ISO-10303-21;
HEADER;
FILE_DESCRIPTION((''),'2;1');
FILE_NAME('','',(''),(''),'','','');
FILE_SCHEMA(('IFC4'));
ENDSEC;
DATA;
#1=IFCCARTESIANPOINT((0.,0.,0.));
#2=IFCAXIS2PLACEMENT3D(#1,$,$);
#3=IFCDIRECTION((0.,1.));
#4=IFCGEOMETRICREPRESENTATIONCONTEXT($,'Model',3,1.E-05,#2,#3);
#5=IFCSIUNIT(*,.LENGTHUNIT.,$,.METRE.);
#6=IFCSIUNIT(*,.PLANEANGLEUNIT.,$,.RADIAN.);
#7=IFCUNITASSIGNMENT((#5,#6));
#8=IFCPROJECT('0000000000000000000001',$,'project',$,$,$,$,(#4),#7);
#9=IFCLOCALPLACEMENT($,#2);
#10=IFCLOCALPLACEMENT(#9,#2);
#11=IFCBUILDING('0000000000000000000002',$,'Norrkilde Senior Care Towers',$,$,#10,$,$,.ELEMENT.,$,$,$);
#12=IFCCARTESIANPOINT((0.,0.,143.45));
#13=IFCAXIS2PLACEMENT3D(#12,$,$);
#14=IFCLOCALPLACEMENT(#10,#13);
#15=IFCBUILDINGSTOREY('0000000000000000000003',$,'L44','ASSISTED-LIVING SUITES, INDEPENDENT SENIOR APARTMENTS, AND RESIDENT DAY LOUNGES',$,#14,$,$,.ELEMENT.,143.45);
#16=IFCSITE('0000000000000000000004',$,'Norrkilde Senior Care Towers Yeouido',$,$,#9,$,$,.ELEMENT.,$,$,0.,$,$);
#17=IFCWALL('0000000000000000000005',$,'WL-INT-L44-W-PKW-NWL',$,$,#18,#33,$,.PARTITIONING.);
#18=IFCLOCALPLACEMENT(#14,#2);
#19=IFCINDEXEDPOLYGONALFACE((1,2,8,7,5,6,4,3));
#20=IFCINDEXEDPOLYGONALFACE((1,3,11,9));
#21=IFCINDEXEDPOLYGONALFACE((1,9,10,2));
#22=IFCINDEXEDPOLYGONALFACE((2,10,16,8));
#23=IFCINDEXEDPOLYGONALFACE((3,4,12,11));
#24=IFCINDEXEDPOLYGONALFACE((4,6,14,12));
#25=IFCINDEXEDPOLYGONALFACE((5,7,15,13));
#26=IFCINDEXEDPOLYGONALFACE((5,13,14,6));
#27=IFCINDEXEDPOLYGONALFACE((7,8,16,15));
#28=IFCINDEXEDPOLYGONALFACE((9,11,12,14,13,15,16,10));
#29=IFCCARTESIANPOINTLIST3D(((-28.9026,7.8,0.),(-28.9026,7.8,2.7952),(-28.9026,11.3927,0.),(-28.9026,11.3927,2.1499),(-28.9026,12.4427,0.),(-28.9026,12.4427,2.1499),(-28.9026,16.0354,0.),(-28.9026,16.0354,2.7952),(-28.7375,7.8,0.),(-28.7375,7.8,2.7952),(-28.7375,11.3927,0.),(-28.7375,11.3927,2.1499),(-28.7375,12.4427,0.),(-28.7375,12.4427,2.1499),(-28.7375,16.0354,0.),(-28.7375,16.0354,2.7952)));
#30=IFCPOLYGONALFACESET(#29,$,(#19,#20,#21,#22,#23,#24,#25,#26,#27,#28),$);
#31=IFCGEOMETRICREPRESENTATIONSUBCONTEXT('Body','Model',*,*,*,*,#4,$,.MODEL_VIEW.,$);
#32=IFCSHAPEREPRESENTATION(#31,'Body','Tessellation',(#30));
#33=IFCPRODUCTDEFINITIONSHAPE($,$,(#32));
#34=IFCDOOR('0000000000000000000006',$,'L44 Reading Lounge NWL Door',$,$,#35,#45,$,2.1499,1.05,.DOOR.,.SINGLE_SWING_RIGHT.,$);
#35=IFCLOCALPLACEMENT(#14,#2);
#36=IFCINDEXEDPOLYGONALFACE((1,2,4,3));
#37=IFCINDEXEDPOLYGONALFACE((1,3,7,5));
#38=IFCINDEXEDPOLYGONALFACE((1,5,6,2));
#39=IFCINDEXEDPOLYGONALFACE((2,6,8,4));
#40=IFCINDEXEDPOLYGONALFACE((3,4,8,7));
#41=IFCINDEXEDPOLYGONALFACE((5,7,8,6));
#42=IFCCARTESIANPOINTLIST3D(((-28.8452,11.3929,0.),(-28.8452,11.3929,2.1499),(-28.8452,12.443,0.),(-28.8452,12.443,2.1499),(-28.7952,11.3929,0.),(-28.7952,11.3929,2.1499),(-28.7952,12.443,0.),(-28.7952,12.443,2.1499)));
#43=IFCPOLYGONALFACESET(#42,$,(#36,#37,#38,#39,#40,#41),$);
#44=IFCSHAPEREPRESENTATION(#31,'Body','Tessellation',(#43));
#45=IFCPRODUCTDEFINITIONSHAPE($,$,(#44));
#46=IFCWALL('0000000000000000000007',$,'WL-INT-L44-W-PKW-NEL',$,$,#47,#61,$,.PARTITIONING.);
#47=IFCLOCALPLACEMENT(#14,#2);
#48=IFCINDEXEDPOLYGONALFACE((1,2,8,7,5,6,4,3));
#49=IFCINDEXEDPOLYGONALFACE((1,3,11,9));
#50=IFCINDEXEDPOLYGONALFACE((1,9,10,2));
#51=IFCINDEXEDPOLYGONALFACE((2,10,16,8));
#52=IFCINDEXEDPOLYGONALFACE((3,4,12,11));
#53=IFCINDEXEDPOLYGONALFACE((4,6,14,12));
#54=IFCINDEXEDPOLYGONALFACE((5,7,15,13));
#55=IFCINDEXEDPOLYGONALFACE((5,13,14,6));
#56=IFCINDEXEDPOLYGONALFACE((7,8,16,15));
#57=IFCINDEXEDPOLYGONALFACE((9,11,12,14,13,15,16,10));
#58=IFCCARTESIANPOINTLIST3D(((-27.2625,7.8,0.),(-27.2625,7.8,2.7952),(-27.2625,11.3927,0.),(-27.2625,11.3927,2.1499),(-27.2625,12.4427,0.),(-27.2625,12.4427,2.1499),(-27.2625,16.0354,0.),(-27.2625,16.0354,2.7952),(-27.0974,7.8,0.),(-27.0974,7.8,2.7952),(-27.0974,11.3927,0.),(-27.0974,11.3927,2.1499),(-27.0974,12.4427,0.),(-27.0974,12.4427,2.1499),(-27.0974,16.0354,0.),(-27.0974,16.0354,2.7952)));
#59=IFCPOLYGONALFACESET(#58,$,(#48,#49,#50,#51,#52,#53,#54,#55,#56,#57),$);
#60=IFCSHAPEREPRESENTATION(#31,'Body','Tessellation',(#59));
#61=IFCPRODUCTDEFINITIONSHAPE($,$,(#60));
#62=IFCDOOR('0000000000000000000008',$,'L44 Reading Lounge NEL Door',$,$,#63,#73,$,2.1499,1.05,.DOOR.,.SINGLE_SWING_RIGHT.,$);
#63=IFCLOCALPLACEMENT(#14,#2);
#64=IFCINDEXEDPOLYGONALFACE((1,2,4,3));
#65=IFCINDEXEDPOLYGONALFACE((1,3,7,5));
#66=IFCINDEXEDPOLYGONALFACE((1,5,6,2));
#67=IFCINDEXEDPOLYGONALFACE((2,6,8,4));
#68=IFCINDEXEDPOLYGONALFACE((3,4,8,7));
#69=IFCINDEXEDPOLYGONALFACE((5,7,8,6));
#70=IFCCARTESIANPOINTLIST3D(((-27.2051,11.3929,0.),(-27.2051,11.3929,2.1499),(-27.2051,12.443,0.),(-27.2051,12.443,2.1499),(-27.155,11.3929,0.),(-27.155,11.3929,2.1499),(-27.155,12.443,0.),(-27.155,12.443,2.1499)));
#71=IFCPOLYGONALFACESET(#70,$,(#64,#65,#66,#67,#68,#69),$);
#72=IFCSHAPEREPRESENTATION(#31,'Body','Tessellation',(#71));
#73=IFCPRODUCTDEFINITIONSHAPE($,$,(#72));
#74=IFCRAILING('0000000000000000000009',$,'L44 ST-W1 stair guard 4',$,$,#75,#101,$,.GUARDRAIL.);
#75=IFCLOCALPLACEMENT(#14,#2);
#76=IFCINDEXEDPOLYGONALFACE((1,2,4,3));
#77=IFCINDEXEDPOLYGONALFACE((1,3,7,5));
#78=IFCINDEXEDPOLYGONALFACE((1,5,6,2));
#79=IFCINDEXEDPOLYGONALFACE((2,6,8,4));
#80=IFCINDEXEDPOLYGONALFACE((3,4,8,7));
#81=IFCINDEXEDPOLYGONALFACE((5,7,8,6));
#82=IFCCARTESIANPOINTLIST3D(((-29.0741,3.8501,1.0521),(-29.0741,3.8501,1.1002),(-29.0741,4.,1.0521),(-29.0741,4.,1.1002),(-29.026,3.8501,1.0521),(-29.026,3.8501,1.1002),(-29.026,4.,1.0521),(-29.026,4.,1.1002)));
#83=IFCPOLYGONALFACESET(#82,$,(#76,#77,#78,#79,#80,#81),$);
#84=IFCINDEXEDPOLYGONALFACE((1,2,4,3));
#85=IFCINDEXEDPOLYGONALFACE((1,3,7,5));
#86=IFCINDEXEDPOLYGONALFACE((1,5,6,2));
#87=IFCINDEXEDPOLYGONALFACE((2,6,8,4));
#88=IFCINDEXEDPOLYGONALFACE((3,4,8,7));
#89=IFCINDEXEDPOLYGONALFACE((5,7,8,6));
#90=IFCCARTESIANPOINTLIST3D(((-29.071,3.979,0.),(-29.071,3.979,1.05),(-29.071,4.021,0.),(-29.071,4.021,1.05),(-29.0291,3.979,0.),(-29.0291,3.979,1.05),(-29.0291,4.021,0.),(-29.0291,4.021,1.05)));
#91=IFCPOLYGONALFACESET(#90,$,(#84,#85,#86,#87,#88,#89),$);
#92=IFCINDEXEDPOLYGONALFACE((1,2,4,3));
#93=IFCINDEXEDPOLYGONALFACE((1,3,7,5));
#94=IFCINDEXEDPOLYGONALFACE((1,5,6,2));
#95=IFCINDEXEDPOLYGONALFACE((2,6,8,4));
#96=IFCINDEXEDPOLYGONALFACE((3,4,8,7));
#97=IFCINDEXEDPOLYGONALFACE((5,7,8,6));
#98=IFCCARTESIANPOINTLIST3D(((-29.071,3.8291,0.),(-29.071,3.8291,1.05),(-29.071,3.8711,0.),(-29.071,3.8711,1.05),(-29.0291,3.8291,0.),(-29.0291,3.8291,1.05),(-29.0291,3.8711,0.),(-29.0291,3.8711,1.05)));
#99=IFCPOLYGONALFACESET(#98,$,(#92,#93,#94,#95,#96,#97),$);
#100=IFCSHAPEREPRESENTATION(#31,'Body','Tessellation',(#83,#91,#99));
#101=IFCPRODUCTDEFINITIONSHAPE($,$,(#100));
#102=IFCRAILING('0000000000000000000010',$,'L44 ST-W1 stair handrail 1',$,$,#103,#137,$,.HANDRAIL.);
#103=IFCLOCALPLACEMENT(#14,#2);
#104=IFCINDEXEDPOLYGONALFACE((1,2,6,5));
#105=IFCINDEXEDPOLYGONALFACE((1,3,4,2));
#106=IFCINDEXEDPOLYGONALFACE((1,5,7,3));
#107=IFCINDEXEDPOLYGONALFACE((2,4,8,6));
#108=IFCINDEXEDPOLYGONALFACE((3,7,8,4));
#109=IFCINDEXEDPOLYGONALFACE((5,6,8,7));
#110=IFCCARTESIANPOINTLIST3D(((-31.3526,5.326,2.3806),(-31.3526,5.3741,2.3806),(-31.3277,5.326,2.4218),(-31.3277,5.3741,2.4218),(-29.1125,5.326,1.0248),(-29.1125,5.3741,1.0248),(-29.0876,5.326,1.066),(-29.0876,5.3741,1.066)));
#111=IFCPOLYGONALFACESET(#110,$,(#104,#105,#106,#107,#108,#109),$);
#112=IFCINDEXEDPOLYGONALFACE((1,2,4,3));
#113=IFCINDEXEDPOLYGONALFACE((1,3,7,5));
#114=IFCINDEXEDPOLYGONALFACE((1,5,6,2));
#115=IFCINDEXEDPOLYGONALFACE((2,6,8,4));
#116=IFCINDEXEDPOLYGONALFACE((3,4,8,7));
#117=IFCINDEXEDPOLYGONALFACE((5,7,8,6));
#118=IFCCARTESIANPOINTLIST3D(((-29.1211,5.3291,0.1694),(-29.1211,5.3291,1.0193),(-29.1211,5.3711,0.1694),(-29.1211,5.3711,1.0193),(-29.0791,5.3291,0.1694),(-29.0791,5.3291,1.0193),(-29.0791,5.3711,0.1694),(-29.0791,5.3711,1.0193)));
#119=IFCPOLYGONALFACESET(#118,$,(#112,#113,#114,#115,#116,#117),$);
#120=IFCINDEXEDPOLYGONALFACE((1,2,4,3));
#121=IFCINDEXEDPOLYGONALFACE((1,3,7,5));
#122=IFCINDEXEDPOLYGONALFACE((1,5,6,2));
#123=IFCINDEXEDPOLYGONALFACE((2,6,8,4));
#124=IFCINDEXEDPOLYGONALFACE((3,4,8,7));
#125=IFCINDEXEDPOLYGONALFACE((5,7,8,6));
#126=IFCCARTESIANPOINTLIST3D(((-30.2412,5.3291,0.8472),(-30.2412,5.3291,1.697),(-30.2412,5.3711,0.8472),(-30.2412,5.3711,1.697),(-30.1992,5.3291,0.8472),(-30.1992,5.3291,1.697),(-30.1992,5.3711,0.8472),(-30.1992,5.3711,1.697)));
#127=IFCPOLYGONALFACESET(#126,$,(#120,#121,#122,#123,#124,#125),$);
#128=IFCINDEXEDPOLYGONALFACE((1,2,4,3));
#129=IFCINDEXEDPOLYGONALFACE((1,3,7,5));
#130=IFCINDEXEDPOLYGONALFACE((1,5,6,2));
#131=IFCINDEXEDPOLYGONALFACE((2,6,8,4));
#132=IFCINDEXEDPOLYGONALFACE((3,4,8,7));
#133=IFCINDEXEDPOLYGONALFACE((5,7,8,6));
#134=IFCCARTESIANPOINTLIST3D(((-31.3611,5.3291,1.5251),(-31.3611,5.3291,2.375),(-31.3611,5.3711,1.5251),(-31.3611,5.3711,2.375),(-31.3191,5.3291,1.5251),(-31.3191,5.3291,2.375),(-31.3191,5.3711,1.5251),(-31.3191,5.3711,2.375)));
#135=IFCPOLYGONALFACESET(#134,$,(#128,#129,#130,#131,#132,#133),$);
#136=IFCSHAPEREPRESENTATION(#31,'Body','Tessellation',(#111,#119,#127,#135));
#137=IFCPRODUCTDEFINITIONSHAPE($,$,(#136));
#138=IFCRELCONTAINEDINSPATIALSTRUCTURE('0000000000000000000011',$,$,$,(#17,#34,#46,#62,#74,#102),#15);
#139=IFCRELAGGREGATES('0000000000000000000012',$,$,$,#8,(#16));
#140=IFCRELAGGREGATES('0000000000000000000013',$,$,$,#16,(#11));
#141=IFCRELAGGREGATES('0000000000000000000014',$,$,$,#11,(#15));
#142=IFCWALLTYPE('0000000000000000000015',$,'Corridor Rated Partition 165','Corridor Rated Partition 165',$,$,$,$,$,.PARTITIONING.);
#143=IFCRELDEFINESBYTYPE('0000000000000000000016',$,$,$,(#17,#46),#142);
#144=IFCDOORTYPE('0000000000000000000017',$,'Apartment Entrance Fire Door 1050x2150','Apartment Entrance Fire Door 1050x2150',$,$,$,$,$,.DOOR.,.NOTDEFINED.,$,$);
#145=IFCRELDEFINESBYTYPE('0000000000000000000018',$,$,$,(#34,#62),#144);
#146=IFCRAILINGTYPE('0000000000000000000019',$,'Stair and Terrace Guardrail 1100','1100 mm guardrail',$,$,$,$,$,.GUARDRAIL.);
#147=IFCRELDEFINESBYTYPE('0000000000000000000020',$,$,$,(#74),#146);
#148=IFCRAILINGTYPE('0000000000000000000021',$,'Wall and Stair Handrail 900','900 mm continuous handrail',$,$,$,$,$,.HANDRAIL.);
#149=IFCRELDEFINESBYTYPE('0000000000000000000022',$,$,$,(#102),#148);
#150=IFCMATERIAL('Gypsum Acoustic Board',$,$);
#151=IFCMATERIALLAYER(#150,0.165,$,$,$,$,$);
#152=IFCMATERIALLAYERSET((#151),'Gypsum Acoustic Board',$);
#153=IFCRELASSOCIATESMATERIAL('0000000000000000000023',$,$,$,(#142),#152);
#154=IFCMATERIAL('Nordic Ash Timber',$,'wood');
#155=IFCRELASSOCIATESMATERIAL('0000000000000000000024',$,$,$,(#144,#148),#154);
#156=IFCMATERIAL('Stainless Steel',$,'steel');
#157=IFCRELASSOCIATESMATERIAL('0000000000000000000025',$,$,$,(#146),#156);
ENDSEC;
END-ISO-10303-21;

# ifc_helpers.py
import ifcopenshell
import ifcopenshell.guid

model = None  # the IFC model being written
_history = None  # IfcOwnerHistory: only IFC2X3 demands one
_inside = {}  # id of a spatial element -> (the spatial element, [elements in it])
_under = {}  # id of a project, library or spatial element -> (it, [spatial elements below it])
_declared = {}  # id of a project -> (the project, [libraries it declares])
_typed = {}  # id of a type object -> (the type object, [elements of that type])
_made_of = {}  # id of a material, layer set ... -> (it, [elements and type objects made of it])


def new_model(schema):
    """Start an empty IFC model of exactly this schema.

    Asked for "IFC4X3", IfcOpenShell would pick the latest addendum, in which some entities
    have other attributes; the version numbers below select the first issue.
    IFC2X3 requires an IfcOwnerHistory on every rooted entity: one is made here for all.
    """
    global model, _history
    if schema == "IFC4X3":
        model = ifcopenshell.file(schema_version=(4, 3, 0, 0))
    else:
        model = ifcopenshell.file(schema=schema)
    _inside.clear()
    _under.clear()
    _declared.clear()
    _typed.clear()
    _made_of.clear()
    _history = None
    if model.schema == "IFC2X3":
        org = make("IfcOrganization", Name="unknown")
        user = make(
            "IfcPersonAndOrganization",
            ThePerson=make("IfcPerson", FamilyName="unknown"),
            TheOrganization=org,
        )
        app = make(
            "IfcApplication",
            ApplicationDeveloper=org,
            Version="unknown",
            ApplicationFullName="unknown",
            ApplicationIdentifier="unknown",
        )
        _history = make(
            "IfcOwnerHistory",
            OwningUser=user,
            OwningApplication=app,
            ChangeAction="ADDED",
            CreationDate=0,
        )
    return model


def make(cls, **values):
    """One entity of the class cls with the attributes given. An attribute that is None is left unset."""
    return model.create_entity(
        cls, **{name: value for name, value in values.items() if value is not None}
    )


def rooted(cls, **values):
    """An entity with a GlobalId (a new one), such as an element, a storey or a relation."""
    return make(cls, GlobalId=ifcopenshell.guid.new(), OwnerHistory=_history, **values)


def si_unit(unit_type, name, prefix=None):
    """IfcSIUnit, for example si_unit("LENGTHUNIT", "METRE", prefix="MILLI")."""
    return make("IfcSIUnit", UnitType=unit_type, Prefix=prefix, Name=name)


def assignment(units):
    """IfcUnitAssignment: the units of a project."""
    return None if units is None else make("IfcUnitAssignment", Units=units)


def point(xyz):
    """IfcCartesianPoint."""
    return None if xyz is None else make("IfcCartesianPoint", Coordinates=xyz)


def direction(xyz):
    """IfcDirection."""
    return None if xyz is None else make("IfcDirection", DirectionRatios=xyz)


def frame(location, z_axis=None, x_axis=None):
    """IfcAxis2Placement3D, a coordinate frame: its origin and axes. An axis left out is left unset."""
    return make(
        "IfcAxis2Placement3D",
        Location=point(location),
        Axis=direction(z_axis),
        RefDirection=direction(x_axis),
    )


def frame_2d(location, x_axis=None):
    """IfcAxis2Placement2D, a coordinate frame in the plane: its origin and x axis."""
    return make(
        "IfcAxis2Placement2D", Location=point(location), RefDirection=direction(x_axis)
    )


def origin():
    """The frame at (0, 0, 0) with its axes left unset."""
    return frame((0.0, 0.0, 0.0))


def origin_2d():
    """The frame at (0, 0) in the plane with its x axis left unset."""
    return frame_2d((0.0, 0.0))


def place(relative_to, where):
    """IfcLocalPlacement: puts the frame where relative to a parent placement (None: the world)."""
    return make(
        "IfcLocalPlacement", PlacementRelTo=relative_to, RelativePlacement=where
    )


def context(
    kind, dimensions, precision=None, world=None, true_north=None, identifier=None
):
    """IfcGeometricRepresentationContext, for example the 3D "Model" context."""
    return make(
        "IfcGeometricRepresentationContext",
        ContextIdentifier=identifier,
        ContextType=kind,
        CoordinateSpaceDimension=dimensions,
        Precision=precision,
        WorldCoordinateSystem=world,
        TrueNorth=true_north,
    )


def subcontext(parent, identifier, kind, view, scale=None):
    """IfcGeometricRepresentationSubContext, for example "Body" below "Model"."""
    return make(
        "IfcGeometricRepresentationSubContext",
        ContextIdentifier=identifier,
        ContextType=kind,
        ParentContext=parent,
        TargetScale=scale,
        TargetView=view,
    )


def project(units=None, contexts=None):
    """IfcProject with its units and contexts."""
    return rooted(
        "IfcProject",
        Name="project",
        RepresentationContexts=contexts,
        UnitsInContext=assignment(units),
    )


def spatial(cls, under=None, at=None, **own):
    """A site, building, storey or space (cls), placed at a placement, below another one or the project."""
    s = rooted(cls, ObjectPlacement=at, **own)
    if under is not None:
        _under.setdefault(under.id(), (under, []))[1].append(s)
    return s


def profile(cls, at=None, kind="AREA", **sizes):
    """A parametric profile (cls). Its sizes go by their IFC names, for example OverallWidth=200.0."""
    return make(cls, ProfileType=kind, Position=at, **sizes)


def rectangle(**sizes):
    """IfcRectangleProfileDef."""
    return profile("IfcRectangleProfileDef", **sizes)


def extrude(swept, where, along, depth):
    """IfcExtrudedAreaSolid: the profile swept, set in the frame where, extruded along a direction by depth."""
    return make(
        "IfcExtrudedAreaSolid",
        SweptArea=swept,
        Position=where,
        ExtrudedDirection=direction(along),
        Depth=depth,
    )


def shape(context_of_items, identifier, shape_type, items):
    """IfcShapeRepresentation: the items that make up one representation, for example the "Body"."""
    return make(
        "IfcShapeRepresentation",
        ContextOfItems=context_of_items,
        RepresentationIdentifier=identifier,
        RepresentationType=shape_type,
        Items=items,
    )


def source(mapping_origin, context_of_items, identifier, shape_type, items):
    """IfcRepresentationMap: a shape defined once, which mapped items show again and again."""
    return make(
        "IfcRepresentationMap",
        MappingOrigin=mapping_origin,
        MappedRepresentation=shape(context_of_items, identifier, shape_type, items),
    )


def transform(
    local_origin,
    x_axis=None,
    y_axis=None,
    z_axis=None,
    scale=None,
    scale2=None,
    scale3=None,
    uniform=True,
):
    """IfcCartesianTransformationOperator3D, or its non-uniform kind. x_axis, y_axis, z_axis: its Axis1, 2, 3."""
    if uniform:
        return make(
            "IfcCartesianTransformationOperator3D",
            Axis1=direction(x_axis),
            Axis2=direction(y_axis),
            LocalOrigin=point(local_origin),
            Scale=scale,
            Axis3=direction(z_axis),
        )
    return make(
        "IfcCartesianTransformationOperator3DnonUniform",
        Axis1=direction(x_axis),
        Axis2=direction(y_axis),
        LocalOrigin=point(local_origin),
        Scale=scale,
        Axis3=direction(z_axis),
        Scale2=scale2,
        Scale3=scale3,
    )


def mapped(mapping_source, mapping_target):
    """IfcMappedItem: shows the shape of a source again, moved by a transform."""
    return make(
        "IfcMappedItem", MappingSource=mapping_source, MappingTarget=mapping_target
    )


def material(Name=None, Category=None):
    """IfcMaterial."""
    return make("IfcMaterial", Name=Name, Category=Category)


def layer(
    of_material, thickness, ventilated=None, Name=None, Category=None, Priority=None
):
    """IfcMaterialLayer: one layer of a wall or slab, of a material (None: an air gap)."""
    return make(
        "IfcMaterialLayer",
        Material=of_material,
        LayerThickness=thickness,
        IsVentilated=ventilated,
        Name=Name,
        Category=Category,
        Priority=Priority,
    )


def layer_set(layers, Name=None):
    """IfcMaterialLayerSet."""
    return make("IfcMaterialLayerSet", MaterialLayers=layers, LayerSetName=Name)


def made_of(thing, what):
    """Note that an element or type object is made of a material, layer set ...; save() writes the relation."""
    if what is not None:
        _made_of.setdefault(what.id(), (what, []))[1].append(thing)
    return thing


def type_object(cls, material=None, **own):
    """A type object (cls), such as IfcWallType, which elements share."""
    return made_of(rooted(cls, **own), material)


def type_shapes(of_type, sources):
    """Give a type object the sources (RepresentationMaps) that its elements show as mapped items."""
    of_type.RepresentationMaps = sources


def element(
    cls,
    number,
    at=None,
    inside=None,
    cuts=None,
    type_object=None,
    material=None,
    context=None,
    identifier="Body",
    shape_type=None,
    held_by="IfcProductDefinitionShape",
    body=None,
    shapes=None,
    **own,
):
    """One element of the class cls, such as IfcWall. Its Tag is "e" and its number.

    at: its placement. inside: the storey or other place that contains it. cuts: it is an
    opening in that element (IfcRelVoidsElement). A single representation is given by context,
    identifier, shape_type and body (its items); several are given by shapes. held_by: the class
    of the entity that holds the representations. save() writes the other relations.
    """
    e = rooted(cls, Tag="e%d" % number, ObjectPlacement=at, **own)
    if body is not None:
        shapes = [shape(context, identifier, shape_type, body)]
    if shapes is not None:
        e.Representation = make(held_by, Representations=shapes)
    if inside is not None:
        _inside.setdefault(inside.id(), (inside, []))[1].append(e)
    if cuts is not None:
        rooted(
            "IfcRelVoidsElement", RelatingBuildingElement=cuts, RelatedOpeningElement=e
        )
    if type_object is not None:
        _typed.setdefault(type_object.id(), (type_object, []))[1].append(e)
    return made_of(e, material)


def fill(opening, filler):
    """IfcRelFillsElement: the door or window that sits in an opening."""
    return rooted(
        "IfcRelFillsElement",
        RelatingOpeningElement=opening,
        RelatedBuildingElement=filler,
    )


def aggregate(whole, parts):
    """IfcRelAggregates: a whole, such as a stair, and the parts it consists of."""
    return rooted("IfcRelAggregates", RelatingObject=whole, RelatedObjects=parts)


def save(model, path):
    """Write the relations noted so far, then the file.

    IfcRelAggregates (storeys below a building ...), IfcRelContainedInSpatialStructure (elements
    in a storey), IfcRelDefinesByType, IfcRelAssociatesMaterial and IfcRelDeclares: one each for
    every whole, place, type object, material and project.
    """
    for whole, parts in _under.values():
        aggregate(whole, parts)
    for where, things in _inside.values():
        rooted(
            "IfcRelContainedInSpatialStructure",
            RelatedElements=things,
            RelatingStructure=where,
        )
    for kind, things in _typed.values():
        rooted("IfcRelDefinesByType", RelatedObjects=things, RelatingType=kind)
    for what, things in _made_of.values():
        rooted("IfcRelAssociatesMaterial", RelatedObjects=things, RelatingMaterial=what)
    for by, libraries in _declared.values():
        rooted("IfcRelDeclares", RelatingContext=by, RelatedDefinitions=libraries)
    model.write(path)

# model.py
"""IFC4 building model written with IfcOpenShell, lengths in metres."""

from ifc_helpers import new_model, si_unit, direction, frame, frame_2d, origin, origin_2d, place, context, subcontext, project, spatial, rectangle, extrude, source, transform, mapped, material, layer, layer_set, type_object, type_shapes, element, fill, save


model = new_model("IFC4")

# Units and contexts
model_context = context("Model", 3, precision=1e-05, world=origin(), true_north=direction((0.0, 1.0)))
body_context = subcontext(model_context, "Body", "Model", "MODEL_VIEW")
ifc_project = project(units=[si_unit("LENGTHUNIT", "METRE"), si_unit("PLANEANGLEUNIT", "RADIAN")], contexts=[model_context])

# Site, building, storey
site_placement = place(None, origin())
site = spatial("IfcSite", under=ifc_project, at=site_placement, Name="Norrkilde Senior Care Towers Yeouido", CompositionType="ELEMENT", RefElevation=0.0)
building_placement = place(site_placement, origin())
building = spatial("IfcBuilding", under=site, at=building_placement, Name="Norrkilde Senior Care Towers", CompositionType="ELEMENT")
storey_placement = place(building_placement, frame((0.0, 0.0, 143.45)))
storey = spatial("IfcBuildingStorey", under=building, at=storey_placement, Name="L44", Description="ASSISTED-LIVING SUITES, INDEPENDENT SENIOR APARTMENTS, AND RESIDENT DAY LOUNGES", CompositionType="ELEMENT", Elevation=143.45)

# Shared definitions
ifc_material_1 = material(Name="Stainless Steel", Category="steel")

# Shared definitions
ifc_material_2 = material(Name="Gypsum Acoustic Board")
ifc_layer_1 = layer(ifc_material_2, 0.165)
ifc_layer_set_1 = layer_set([ifc_layer_1], Name="Gypsum Acoustic Board")
wall_type_1 = type_object("IfcWallType", Name="Corridor Rated Partition 165", Description="Corridor Rated Partition 165", PredefinedType="PARTITIONING", material=ifc_layer_set_1)
ifc_material_3 = material(Name="Nordic Ash Timber", Category="wood")
door_type_1 = type_object("IfcDoorType", Name="Apartment Entrance Fire Door 1050x2150", Description="Apartment Entrance Fire Door 1050x2150", OperationType="NOTDEFINED", PredefinedType="DOOR", material=ifc_material_3)
shared_shape_1 = source(origin(), body_context, "Body", "SweptSolid", [
    extrude(rectangle(XDim=1.05, YDim=2.1499, at=frame_2d((0.5249, 1.075))), frame((0.0, 0.0249, 0.0), z_axis=(0.0, -1.0, 0.0), x_axis=(1.0, 0.0, 0.0)), (0.0, 0.0, 1.0), 0.05),
])
type_shapes(door_type_1, [shared_shape_1])

# Walls, openings, doors
shared_shape_2 = source(origin(), body_context, "Body", "SweptSolid", [
    extrude(rectangle(XDim=8.2354, YDim=0.165, at=frame_2d((4.1177, 0.0))), origin(), (0.0, 0.0, 1.0), 2.7952),
])
wall_1_placement = place(storey_placement, frame((-28.8201, 7.8, 0.0), z_axis=(0.0, 0.0, 1.0), x_axis=(0.0, 1.0, 0.0)))
wall_1 = element("IfcWall", 1, at=wall_1_placement, inside=storey, type_object=wall_type_1, Name="WL-INT-L44-W-PKW-NWL", PredefinedType="PARTITIONING", context=body_context, shape_type="MappedRepresentation", body=[
    mapped(shared_shape_2, transform((0.0, 0.0, 0.0), x_axis=(1.0, 0.0, 0.0), y_axis=(0.0, 1.0, 0.0), z_axis=(0.0, 0.0, 1.0), scale=1.0)),
])
opening_1_placement = place(wall_1_placement, frame((3.5928, 0.0, 0.0)))
opening_1 = element("IfcOpeningElement", 2, at=opening_1_placement, cuts=wall_1, PredefinedType="OPENING", context=body_context, shape_type="SweptSolid", body=[
    extrude(rectangle(XDim=1.05, YDim=2.1499, at=frame_2d((0.5249, 1.075))), frame((0.0, 0.0925, 0.0), z_axis=(0.0, -1.0, 0.0), x_axis=(1.0, 0.0, 0.0)), (0.0, 0.0, 1.0), 0.1851),
])
door_1_placement = place(opening_1_placement, frame((1.05, 0.0, 0.0), z_axis=(0.0, 0.0, 1.0), x_axis=(-1.0, 0.0, 0.0)))
door_1 = element("IfcDoor", 3, at=door_1_placement, inside=storey, type_object=door_type_1, Name="L44 Reading Lounge NWL Door", OperationType="SINGLE_SWING_RIGHT", OverallHeight=2.1499, OverallWidth=1.05, PredefinedType="DOOR", context=body_context, shape_type="MappedRepresentation", body=[
    mapped(shared_shape_1, transform((0.0, 0.0, 0.0), x_axis=(1.0, 0.0, 0.0), y_axis=(0.0, 1.0, 0.0), z_axis=(0.0, 0.0, 1.0), scale=1.0)),
])
fill(opening_1, door_1)
wall_2_placement = place(storey_placement, frame((-27.1799, 7.8, 0.0), z_axis=(0.0, 0.0, 1.0), x_axis=(0.0, 1.0, 0.0)))
wall_2 = element("IfcWall", 4, at=wall_2_placement, inside=storey, type_object=wall_type_1, Name="WL-INT-L44-W-PKW-NEL", PredefinedType="PARTITIONING", context=body_context, shape_type="MappedRepresentation", body=[
    mapped(shared_shape_2, transform((0.0, 0.0, 0.0), x_axis=(1.0, 0.0, 0.0), y_axis=(0.0, 1.0, 0.0), z_axis=(0.0, 0.0, 1.0), scale=1.0)),
])
opening_2_placement = place(wall_2_placement, frame((3.5928, 0.0, 0.0)))
opening_2 = element("IfcOpeningElement", 5, at=opening_2_placement, cuts=wall_2, PredefinedType="OPENING", context=body_context, shape_type="SweptSolid", body=[
    extrude(rectangle(XDim=1.05, YDim=2.1499, at=frame_2d((0.5249, 1.075))), frame((0.0, 0.0925, 0.0), z_axis=(0.0, -1.0, 0.0), x_axis=(1.0, 0.0, 0.0)), (0.0, 0.0, 1.0), 0.1851),
])
door_2_placement = place(opening_2_placement, frame((1.05, 0.0, 0.0), z_axis=(0.0, 0.0, 1.0), x_axis=(-1.0, 0.0, 0.0)))
door_2 = element("IfcDoor", 6, at=door_2_placement, inside=storey, type_object=door_type_1, Name="L44 Reading Lounge NEL Door", OperationType="SINGLE_SWING_RIGHT", OverallHeight=2.1499, OverallWidth=1.05, PredefinedType="DOOR", context=body_context, shape_type="MappedRepresentation", body=[
    mapped(shared_shape_1, transform((0.0, 0.0, 0.0), x_axis=(1.0, 0.0, 0.0), y_axis=(0.0, 1.0, 0.0), z_axis=(0.0, 0.0, 1.0), scale=1.0)),
])
fill(opening_2, door_2)

# Railings
railing_type_1 = type_object("IfcRailingType", Name="Stair and Terrace Guardrail 1100", Description="1100 mm guardrail", PredefinedType="GUARDRAIL", material=ifc_material_1)
railing_1_placement = place(storey_placement, frame((-29.05, 4.0, 0.0)))
element("IfcRailing", 7, at=railing_1_placement, inside=storey, type_object=railing_type_1, Name="L44 ST-W1 stair guard 4", PredefinedType="GUARDRAIL", context=body_context, shape_type="SweptSolid", body=[
    extrude(rectangle(XDim=0.0481, YDim=0.0481, at=origin_2d()), frame((0.0, 0.0, 1.0762), z_axis=(0.0, -1.0, 0.0), x_axis=(1.0, 0.0, 0.0)), (0.0, 0.0, 1.0), 0.1499),
    extrude(rectangle(XDim=0.042, YDim=0.042, at=origin_2d()), origin(), (0.0, 0.0, 1.0), 1.05),
    extrude(rectangle(XDim=0.042, YDim=0.042, at=origin_2d()), frame((0.0, -0.1499, 0.0)), (0.0, 0.0, 1.0), 1.05),
])
railing_type_2 = type_object("IfcRailingType", Name="Wall and Stair Handrail 900", Description="900 mm continuous handrail", PredefinedType="HANDRAIL", material=ifc_material_3)
railing_2_placement = place(storey_placement, frame((-29.1001, 5.3501, 0.1694)))
element("IfcRailing", 8, at=railing_2_placement, inside=storey, type_object=railing_type_2, Name="L44 ST-W1 stair handrail 1", PredefinedType="HANDRAIL", context=body_context, shape_type="SweptSolid", body=[
    extrude(rectangle(XDim=0.0481, YDim=0.0481, at=origin_2d()), frame((0.0, 0.0, 0.876), z_axis=(-0.855512, 0.0, 0.517783), x_axis=(0.0, -1.0, 0.0)), (0.0, 0.0, 1.0), 2.6184),
    extrude(rectangle(XDim=0.042, YDim=0.042, at=origin_2d()), origin(), (0.0, 0.0, 1.0), 0.8499),
    extrude(rectangle(XDim=0.042, YDim=0.042, at=origin_2d()), frame((-1.1201, 0.0, 0.6777)), (0.0, 0.0, 1.0), 0.8499),
    extrude(rectangle(XDim=0.042, YDim=0.042, at=origin_2d()), frame((-2.24, 0.0, 1.3557)), (0.0, 0.0, 1.0), 0.8499),
])

save(model, "model.ifc")
